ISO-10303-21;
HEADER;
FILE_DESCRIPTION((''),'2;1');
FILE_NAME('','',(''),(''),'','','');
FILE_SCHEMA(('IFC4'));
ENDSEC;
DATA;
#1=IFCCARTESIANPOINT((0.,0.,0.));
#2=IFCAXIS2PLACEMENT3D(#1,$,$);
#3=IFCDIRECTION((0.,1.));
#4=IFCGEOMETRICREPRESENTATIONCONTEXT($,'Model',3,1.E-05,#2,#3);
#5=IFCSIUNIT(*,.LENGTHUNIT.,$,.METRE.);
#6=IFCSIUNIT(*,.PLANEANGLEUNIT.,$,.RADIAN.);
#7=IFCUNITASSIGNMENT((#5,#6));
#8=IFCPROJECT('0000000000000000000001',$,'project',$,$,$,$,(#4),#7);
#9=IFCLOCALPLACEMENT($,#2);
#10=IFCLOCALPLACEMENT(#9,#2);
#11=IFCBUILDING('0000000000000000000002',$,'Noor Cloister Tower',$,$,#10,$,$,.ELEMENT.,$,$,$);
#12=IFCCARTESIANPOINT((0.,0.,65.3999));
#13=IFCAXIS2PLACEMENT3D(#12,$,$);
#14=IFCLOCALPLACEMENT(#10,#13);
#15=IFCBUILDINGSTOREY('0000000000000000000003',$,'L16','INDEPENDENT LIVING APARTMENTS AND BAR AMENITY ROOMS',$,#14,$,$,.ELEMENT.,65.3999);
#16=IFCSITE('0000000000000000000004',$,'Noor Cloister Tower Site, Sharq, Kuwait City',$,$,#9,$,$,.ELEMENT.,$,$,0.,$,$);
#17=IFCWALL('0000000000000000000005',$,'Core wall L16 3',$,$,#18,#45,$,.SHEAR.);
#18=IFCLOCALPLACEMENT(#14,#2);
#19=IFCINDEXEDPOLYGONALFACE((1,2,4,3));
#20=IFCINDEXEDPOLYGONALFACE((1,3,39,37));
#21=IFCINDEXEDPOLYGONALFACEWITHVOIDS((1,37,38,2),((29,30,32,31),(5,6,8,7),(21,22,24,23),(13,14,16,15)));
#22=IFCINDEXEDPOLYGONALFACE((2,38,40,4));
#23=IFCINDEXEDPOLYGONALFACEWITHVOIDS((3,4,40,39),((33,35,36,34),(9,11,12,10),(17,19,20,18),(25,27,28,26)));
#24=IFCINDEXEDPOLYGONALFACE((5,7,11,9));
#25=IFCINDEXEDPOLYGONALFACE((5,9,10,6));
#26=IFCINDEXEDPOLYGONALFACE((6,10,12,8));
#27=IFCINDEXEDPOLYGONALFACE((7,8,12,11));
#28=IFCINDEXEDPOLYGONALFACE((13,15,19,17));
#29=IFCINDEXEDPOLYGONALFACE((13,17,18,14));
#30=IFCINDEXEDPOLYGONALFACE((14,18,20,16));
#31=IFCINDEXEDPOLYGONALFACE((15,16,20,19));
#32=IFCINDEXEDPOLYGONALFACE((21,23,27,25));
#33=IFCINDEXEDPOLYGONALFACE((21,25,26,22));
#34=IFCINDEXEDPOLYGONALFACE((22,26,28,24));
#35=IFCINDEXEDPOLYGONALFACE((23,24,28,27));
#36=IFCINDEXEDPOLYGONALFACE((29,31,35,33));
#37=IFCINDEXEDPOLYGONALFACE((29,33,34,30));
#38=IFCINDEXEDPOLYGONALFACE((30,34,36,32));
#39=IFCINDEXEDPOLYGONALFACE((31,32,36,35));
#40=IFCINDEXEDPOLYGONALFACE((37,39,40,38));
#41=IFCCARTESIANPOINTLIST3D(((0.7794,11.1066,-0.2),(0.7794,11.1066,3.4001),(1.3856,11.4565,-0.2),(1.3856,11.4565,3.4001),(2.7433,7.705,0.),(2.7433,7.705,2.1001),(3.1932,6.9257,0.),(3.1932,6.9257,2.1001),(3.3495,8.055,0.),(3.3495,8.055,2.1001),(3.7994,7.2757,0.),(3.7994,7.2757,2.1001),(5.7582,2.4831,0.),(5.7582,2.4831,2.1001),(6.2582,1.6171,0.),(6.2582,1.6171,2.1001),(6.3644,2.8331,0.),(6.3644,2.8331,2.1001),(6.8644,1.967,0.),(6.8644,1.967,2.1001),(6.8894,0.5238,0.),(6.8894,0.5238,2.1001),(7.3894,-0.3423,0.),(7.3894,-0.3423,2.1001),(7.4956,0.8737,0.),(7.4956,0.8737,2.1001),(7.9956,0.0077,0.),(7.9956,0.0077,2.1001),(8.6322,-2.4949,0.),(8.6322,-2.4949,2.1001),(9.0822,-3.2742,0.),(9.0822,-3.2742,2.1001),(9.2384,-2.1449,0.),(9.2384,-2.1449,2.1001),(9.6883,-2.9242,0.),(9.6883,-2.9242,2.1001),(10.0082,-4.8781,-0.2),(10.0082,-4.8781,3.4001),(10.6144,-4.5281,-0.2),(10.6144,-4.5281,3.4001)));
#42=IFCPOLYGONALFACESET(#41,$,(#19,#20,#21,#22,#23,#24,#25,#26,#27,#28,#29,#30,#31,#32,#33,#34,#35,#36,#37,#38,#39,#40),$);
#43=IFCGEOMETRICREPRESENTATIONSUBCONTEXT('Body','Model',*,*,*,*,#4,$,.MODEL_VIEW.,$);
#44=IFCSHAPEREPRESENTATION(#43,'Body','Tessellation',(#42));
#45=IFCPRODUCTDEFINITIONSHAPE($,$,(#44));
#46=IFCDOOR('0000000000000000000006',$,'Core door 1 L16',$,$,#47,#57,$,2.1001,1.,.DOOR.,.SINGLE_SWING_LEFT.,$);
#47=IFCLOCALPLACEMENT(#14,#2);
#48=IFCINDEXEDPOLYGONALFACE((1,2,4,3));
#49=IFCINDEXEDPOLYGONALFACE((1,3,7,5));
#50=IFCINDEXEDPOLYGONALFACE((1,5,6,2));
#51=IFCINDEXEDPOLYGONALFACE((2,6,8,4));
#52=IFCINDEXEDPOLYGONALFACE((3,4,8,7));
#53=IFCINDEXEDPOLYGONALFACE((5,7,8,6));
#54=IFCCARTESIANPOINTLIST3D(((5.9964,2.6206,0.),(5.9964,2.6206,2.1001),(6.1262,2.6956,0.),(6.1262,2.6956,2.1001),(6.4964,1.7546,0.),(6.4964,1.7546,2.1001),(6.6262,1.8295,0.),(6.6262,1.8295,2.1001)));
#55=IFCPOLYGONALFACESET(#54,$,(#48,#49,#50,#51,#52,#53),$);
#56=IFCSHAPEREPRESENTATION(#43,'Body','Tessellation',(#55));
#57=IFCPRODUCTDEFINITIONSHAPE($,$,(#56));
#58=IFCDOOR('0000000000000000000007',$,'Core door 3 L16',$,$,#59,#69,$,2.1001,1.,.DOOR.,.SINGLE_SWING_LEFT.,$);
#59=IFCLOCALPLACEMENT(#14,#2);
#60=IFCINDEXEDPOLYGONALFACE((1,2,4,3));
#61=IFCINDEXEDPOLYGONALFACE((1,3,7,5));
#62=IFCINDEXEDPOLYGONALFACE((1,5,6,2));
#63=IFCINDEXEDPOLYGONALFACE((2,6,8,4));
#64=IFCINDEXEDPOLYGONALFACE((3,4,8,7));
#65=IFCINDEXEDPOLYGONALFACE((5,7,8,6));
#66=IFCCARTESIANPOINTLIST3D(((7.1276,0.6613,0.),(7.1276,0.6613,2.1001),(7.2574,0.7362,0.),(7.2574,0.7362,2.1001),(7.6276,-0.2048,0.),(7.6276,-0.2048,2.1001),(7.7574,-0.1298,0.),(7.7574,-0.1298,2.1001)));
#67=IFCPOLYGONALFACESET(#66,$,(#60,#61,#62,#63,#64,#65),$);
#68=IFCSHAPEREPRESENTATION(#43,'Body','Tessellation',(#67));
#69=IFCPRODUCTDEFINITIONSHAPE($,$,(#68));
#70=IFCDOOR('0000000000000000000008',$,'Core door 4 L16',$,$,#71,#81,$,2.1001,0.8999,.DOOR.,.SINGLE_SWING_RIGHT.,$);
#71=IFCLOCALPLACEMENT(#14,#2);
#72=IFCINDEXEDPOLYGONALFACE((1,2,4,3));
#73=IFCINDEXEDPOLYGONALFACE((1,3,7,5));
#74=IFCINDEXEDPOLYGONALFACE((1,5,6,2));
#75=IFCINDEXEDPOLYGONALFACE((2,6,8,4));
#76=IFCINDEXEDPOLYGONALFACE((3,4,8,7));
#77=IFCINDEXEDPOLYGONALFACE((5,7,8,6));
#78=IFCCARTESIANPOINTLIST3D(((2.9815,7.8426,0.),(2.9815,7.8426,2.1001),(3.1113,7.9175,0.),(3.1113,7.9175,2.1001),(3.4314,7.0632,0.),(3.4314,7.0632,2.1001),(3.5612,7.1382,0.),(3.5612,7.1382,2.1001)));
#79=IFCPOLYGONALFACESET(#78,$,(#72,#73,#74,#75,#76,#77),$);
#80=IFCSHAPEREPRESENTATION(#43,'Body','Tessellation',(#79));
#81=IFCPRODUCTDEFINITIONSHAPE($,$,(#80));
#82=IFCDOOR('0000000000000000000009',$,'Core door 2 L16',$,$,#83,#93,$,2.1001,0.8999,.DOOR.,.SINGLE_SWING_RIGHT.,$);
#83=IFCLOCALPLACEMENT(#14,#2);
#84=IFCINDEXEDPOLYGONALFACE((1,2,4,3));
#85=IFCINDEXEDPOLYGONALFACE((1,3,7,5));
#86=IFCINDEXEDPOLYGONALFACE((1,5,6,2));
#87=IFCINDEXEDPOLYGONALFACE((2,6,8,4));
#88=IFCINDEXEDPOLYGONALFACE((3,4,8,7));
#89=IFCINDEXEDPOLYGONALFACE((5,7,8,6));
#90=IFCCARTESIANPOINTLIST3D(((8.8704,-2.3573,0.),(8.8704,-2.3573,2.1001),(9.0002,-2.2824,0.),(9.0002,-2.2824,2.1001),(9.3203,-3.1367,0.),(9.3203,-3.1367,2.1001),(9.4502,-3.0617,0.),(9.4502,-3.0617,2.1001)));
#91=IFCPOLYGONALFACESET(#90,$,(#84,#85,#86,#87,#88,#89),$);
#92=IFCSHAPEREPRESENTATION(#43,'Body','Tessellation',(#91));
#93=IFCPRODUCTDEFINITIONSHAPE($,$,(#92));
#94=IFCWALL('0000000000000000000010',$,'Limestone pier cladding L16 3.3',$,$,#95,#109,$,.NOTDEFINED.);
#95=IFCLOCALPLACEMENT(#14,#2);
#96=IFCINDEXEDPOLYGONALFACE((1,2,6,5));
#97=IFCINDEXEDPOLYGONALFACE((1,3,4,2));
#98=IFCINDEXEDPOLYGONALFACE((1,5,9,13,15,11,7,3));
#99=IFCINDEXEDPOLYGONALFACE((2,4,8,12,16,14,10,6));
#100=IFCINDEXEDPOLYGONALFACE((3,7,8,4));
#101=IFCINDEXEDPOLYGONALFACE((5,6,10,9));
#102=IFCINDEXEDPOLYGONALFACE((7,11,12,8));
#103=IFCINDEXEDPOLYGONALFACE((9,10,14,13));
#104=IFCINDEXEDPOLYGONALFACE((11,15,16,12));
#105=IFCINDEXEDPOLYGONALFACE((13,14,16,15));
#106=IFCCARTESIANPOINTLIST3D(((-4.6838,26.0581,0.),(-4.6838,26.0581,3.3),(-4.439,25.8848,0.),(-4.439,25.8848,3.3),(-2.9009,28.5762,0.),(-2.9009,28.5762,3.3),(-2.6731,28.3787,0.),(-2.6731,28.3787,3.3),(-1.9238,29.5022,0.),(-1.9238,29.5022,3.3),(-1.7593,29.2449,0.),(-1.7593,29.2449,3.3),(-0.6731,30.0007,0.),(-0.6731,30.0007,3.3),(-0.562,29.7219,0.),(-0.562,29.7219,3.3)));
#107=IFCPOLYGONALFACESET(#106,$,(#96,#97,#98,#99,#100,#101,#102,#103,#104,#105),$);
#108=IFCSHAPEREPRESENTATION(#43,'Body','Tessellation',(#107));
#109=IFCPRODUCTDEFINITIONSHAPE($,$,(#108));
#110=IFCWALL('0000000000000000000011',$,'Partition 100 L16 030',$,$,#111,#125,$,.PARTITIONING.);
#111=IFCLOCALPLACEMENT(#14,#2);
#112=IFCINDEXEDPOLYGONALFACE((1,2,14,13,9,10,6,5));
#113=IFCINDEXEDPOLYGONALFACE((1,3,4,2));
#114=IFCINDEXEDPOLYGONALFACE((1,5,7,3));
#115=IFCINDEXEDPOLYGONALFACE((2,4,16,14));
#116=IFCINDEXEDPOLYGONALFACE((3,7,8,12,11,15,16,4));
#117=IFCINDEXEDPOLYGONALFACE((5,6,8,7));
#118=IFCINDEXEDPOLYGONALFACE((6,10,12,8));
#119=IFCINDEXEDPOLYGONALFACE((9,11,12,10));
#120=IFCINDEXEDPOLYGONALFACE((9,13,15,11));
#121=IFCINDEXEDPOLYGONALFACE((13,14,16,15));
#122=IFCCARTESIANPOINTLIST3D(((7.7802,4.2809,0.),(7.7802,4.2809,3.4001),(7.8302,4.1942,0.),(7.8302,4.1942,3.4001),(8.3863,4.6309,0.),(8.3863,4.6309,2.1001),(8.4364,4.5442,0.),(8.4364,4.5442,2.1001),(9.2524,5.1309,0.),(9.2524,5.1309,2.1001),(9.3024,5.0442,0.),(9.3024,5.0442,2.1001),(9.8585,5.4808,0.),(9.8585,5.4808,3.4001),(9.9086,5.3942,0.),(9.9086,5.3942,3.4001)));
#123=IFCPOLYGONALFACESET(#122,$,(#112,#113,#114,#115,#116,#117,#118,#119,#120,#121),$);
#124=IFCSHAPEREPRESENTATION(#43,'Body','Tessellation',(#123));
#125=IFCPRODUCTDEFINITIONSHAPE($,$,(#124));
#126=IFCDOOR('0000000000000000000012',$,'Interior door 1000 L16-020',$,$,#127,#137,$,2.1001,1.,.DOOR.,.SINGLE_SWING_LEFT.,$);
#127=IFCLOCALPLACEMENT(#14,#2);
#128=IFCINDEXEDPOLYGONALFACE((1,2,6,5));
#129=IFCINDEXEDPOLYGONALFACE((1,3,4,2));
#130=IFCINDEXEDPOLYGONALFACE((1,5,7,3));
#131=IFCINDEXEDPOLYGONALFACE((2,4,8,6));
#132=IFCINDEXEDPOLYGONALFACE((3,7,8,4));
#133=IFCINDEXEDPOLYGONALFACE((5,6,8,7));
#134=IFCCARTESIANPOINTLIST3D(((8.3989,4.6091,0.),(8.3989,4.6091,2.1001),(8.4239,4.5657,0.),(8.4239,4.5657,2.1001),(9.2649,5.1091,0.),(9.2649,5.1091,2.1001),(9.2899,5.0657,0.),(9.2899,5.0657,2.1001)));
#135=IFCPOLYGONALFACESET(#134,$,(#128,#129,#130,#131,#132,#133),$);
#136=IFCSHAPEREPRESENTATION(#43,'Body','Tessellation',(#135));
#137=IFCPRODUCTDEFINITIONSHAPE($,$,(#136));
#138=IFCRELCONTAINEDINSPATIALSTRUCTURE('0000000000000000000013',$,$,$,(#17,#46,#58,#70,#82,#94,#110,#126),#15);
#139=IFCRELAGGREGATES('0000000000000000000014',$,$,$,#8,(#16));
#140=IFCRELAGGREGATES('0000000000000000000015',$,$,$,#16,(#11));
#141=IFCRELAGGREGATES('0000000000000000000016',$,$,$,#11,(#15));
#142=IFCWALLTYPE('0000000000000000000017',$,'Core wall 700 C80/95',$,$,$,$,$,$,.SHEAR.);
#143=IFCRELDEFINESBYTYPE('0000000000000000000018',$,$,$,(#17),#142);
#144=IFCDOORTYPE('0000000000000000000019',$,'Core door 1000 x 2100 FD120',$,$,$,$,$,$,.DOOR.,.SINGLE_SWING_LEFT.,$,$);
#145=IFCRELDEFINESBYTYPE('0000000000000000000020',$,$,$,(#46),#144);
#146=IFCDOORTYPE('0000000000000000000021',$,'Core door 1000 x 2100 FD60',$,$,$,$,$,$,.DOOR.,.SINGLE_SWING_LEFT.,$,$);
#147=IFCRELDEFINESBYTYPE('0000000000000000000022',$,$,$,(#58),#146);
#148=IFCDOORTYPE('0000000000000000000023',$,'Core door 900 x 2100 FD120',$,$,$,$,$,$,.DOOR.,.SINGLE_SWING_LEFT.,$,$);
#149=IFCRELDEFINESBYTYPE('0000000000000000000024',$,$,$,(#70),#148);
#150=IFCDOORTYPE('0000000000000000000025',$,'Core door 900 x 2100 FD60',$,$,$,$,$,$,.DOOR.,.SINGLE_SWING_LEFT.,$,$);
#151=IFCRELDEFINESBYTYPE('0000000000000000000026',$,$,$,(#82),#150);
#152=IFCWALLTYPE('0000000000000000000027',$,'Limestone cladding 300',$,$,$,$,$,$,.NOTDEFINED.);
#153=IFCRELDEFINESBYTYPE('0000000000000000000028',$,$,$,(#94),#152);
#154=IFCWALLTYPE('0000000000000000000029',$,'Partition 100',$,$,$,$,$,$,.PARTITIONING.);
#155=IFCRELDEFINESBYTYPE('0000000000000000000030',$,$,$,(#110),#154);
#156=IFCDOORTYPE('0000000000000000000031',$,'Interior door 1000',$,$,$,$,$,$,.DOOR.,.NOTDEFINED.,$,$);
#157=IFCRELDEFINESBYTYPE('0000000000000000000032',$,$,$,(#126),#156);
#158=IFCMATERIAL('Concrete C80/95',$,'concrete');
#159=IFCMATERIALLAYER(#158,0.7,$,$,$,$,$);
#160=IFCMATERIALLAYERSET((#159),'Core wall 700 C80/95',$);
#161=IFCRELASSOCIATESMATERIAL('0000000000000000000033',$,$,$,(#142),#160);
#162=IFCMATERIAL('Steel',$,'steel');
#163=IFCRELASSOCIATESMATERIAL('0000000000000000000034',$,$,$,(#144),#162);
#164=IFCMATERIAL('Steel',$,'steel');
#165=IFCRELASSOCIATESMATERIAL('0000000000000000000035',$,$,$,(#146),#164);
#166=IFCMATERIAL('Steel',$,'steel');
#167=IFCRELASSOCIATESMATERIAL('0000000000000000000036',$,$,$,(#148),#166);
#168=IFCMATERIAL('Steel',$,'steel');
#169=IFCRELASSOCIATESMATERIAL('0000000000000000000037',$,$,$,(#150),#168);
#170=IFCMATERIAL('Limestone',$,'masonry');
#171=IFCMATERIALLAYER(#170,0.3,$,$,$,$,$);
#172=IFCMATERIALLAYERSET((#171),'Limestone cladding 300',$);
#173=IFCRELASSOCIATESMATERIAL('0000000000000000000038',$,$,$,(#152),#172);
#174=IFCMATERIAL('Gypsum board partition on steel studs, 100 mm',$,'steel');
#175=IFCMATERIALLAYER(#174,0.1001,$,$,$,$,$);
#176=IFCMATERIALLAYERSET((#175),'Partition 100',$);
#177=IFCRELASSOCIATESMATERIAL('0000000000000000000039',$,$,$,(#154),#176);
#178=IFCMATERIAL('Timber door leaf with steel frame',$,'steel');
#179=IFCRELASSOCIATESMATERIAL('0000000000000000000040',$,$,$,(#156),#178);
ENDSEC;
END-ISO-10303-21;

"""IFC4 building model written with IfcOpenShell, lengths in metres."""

from ifc_helpers import new_model, si_unit, direction, frame, frame_2d, origin, place, context, subcontext, project, spatial, polyline, rectangle, outline, extrude, material, layer, layer_set, type_object, element, fill, save


model = new_model("IFC4")

# Units and contexts
model_context = context("Model", 3, precision=1e-05, world=origin(), true_north=direction((0.0, 1.0)))
body_context = subcontext(model_context, "Body", "Model", "MODEL_VIEW")
ifc_project = project(units=[si_unit("LENGTHUNIT", "METRE"), si_unit("PLANEANGLEUNIT", "RADIAN")], contexts=[model_context])

# Site, building, storey
site_placement = place(None, origin())
site = spatial("IfcSite", under=ifc_project, at=site_placement, Name="Noor Cloister Tower Site, Sharq, Kuwait City", CompositionType="ELEMENT", RefElevation=0.0)
building_placement = place(site_placement, origin())
building = spatial("IfcBuilding", under=site, at=building_placement, Name="Noor Cloister Tower", CompositionType="ELEMENT")
storey_placement = place(building_placement, frame((0.0, 0.0, 65.3999)))
storey = spatial("IfcBuildingStorey", under=building, at=storey_placement, Name="L16", Description="INDEPENDENT LIVING APARTMENTS AND BAR AMENITY ROOMS", CompositionType="ELEMENT", Elevation=65.3999)

# Wall, openings, doors
ifc_material_1 = material(Name="Concrete C80/95", Category="concrete")
ifc_layer_1 = layer(ifc_material_1, 0.7)
ifc_layer_set_1 = layer_set([ifc_layer_1], Name="Core wall 700 C80/95")
wall_type_1 = type_object("IfcWallType", Name="Core wall 700 C80/95", PredefinedType="SHEAR", material=ifc_layer_set_1)
wall_1_placement = place(storey_placement, frame((10.3113, -4.7031, -0.2), z_axis=(0.0, 0.0, 1.0), x_axis=(-0.500001, 0.866025, 0.0)))
wall_1 = element("IfcWall", 1, at=wall_1_placement, inside=storey, type_object=wall_type_1, Name="Core wall L16 3", PredefinedType="SHEAR", context=body_context, shape_type="SweptSolid", body=[
    extrude(rectangle(XDim=18.4575, YDim=0.7, at=frame_2d((9.2288, 0.0))), origin(), (0.0, 0.0, 1.0), 3.6001),
])
opening_1_placement = place(wall_1_placement, frame((7.5, 0.0, 0.2)))
opening_1 = element("IfcOpeningElement", 2, at=opening_1_placement, cuts=wall_1, PredefinedType="OPENING", context=body_context, shape_type="SweptSolid", body=[
    extrude(rectangle(XDim=1.0, YDim=2.1001, at=frame_2d((0.5, 1.05))), frame((0.0, 0.3599, 0.0), z_axis=(0.0, -1.0, 0.0), x_axis=(1.0, 0.0, 0.0)), (0.0, 0.0, 1.0), 0.72),
])
opening_2_placement = place(wall_1_placement, frame((1.8521, 0.0, 0.2)))
opening_2 = element("IfcOpeningElement", 3, at=opening_2_placement, cuts=wall_1, PredefinedType="OPENING", context=body_context, shape_type="SweptSolid", body=[
    extrude(rectangle(XDim=0.8999, YDim=2.1001, at=frame_2d((0.45, 1.05))), frame((0.0, 0.3599, 0.0), z_axis=(0.0, -1.0, 0.0), x_axis=(1.0, 0.0, 0.0)), (0.0, 0.0, 1.0), 0.72),
])
opening_3_placement = place(wall_1_placement, frame((5.2375, 0.0, 0.2)))
opening_3 = element("IfcOpeningElement", 4, at=opening_3_placement, cuts=wall_1, PredefinedType="OPENING", context=body_context, shape_type="SweptSolid", body=[
    extrude(rectangle(XDim=1.0, YDim=2.1001, at=frame_2d((0.5, 1.05))), frame((0.0, 0.3599, 0.0), z_axis=(0.0, -1.0, 0.0), x_axis=(1.0, 0.0, 0.0)), (0.0, 0.0, 1.0), 0.72),
])
opening_4_placement = place(wall_1_placement, frame((13.6299, 0.0, 0.2)))
opening_4 = element("IfcOpeningElement", 5, at=opening_4_placement, cuts=wall_1, PredefinedType="OPENING", context=body_context, shape_type="SweptSolid", body=[
    extrude(rectangle(XDim=0.8999, YDim=2.1001, at=frame_2d((0.45, 1.05))), frame((0.0, 0.3599, 0.0), z_axis=(0.0, -1.0, 0.0), x_axis=(1.0, 0.0, 0.0)), (0.0, 0.0, 1.0), 0.72),
])
ifc_material_2 = material(Name="Steel", Category="steel")
door_type_1 = type_object("IfcDoorType", Name="Core door 1000 x 2100 FD120", OperationType="SINGLE_SWING_LEFT", PredefinedType="DOOR", material=ifc_material_2)
door_1_placement = place(opening_1_placement, origin())
door_1 = element("IfcDoor", 6, at=door_1_placement, inside=storey, type_object=door_type_1, Name="Core door 1 L16", OperationType="SINGLE_SWING_LEFT", OverallHeight=2.1001, OverallWidth=1.0, PredefinedType="DOOR", context=body_context, shape_type="SweptSolid", body=[
    extrude(rectangle(XDim=1.0, YDim=2.1001, at=frame_2d((0.5, 1.05))), frame((0.0, 0.075, 0.0), z_axis=(0.0, -1.0, 0.0), x_axis=(1.0, 0.0, 0.0)), (0.0, 0.0, 1.0), 0.1499),
])
fill(opening_1, door_1)
ifc_material_3 = material(Name="Steel", Category="steel")
door_type_2 = type_object("IfcDoorType", Name="Core door 1000 x 2100 FD60", OperationType="SINGLE_SWING_LEFT", PredefinedType="DOOR", material=ifc_material_3)
door_2_placement = place(opening_3_placement, origin())
door_2 = element("IfcDoor", 7, at=door_2_placement, inside=storey, type_object=door_type_2, Name="Core door 3 L16", OperationType="SINGLE_SWING_LEFT", OverallHeight=2.1001, OverallWidth=1.0, PredefinedType="DOOR", context=body_context, shape_type="SweptSolid", body=[
    extrude(rectangle(XDim=1.0, YDim=2.1001, at=frame_2d((0.5, 1.05))), frame((0.0, 0.075, 0.0), z_axis=(0.0, -1.0, 0.0), x_axis=(1.0, 0.0, 0.0)), (0.0, 0.0, 1.0), 0.1499),
])
fill(opening_3, door_2)
ifc_material_4 = material(Name="Steel", Category="steel")
door_type_3 = type_object("IfcDoorType", Name="Core door 900 x 2100 FD120", OperationType="SINGLE_SWING_LEFT", PredefinedType="DOOR", material=ifc_material_4)
door_3_placement = place(opening_4_placement, origin())
door_3 = element("IfcDoor", 8, at=door_3_placement, inside=storey, type_object=door_type_3, Name="Core door 4 L16", OperationType="SINGLE_SWING_RIGHT", OverallHeight=2.1001, OverallWidth=0.8999, PredefinedType="DOOR", context=body_context, shape_type="SweptSolid", body=[
    extrude(rectangle(XDim=0.8999, YDim=2.1001, at=frame_2d((0.45, 1.05))), frame((0.0, 0.075, 0.0), z_axis=(0.0, -1.0, 0.0), x_axis=(1.0, 0.0, 0.0)), (0.0, 0.0, 1.0), 0.1499),
])
fill(opening_4, door_3)
ifc_material_5 = material(Name="Steel", Category="steel")
door_type_4 = type_object("IfcDoorType", Name="Core door 900 x 2100 FD60", OperationType="SINGLE_SWING_LEFT", PredefinedType="DOOR", material=ifc_material_5)
door_4_placement = place(opening_2_placement, origin())
door_4 = element("IfcDoor", 9, at=door_4_placement, inside=storey, type_object=door_type_4, Name="Core door 2 L16", OperationType="SINGLE_SWING_RIGHT", OverallHeight=2.1001, OverallWidth=0.8999, PredefinedType="DOOR", context=body_context, shape_type="SweptSolid", body=[
    extrude(rectangle(XDim=0.8999, YDim=2.1001, at=frame_2d((0.45, 1.05))), frame((0.0, 0.075, 0.0), z_axis=(0.0, -1.0, 0.0), x_axis=(1.0, 0.0, 0.0)), (0.0, 0.0, 1.0), 0.1499),
])
fill(opening_2, door_4)

# Wall
ifc_material_6 = material(Name="Limestone", Category="masonry")
ifc_layer_2 = layer(ifc_material_6, 0.3)
ifc_layer_set_2 = layer_set([ifc_layer_2], Name="Limestone cladding 300")
wall_type_2 = type_object("IfcWallType", Name="Limestone cladding 300", PredefinedType="NOTDEFINED", material=ifc_layer_set_2)
wall_2_placement = place(storey_placement, origin())
element("IfcWall", 10, at=wall_2_placement, inside=storey, type_object=wall_type_2, Name="Limestone pier cladding L16 3.3", PredefinedType="NOTDEFINED", context=body_context, shape_type="SweptSolid", body=[
    extrude(outline(polyline([(-0.6731, 30.0007), (-1.9238, 29.5022), (-2.9009, 28.5762), (-4.6838, 26.0581), (-4.439, 25.8848), (-2.6731, 28.3787), (-1.7593, 29.2449), (-0.562, 29.7219), (-0.6731, 30.0007)])), origin(), (0.0, 0.0, 1.0), 3.3),
])

# Wall, opening, door
ifc_material_7 = material(Name="Gypsum board partition on steel studs, 100 mm", Category="steel")
ifc_layer_3 = layer(ifc_material_7, 0.1001)
ifc_layer_set_3 = layer_set([ifc_layer_3], Name="Partition 100")
wall_type_3 = type_object("IfcWallType", Name="Partition 100", PredefinedType="PARTITIONING", material=ifc_layer_set_3)
wall_3_placement = place(storey_placement, frame((7.8052, 4.2375, 0.0), z_axis=(0.0, 0.0, 1.0), x_axis=(0.866025, 0.500001, 0.0)))
wall_3 = element("IfcWall", 11, at=wall_3_placement, inside=storey, type_object=wall_type_3, Name="Partition 100 L16 030", PredefinedType="PARTITIONING", context=body_context, shape_type="SweptSolid", body=[
    extrude(rectangle(XDim=2.3999, YDim=0.1001, at=frame_2d((1.2, 0.0))), origin(), (0.0, 0.0, 1.0), 3.4001),
])
opening_5_placement = place(wall_3_placement, frame((0.7, 0.0, 0.0)))
opening_5 = element("IfcOpeningElement", 12, at=opening_5_placement, cuts=wall_3, PredefinedType="OPENING", context=body_context, shape_type="SweptSolid", body=[
    extrude(rectangle(XDim=1.0, YDim=2.1001, at=frame_2d((0.5, 1.05))), frame((0.0, 0.0601, 0.0), z_axis=(0.0, -1.0, 0.0), x_axis=(1.0, 0.0, 0.0)), (0.0, 0.0, 1.0), 0.1201),
])
ifc_material_8 = material(Name="Timber door leaf with steel frame", Category="steel")
door_type_5 = type_object("IfcDoorType", Name="Interior door 1000", OperationType="NOTDEFINED", PredefinedType="DOOR", material=ifc_material_8)
door_5_placement = place(opening_5_placement, origin())
door_5 = element("IfcDoor", 13, at=door_5_placement, inside=storey, type_object=door_type_5, Name="Interior door 1000 L16-020", OperationType="SINGLE_SWING_LEFT", OverallHeight=2.1001, OverallWidth=1.0, PredefinedType="DOOR", context=body_context, shape_type="SweptSolid", body=[
    extrude(rectangle(XDim=1.0, YDim=2.1001, at=frame_2d((0.5, 1.05))), frame((0.0, 0.0249, 0.0), z_axis=(0.0, -1.0, 0.0), x_axis=(1.0, 0.0, 0.0)), (0.0, 0.0, 1.0), 0.05),
])
fill(opening_5, door_5)

save(model, "model.ifc")
